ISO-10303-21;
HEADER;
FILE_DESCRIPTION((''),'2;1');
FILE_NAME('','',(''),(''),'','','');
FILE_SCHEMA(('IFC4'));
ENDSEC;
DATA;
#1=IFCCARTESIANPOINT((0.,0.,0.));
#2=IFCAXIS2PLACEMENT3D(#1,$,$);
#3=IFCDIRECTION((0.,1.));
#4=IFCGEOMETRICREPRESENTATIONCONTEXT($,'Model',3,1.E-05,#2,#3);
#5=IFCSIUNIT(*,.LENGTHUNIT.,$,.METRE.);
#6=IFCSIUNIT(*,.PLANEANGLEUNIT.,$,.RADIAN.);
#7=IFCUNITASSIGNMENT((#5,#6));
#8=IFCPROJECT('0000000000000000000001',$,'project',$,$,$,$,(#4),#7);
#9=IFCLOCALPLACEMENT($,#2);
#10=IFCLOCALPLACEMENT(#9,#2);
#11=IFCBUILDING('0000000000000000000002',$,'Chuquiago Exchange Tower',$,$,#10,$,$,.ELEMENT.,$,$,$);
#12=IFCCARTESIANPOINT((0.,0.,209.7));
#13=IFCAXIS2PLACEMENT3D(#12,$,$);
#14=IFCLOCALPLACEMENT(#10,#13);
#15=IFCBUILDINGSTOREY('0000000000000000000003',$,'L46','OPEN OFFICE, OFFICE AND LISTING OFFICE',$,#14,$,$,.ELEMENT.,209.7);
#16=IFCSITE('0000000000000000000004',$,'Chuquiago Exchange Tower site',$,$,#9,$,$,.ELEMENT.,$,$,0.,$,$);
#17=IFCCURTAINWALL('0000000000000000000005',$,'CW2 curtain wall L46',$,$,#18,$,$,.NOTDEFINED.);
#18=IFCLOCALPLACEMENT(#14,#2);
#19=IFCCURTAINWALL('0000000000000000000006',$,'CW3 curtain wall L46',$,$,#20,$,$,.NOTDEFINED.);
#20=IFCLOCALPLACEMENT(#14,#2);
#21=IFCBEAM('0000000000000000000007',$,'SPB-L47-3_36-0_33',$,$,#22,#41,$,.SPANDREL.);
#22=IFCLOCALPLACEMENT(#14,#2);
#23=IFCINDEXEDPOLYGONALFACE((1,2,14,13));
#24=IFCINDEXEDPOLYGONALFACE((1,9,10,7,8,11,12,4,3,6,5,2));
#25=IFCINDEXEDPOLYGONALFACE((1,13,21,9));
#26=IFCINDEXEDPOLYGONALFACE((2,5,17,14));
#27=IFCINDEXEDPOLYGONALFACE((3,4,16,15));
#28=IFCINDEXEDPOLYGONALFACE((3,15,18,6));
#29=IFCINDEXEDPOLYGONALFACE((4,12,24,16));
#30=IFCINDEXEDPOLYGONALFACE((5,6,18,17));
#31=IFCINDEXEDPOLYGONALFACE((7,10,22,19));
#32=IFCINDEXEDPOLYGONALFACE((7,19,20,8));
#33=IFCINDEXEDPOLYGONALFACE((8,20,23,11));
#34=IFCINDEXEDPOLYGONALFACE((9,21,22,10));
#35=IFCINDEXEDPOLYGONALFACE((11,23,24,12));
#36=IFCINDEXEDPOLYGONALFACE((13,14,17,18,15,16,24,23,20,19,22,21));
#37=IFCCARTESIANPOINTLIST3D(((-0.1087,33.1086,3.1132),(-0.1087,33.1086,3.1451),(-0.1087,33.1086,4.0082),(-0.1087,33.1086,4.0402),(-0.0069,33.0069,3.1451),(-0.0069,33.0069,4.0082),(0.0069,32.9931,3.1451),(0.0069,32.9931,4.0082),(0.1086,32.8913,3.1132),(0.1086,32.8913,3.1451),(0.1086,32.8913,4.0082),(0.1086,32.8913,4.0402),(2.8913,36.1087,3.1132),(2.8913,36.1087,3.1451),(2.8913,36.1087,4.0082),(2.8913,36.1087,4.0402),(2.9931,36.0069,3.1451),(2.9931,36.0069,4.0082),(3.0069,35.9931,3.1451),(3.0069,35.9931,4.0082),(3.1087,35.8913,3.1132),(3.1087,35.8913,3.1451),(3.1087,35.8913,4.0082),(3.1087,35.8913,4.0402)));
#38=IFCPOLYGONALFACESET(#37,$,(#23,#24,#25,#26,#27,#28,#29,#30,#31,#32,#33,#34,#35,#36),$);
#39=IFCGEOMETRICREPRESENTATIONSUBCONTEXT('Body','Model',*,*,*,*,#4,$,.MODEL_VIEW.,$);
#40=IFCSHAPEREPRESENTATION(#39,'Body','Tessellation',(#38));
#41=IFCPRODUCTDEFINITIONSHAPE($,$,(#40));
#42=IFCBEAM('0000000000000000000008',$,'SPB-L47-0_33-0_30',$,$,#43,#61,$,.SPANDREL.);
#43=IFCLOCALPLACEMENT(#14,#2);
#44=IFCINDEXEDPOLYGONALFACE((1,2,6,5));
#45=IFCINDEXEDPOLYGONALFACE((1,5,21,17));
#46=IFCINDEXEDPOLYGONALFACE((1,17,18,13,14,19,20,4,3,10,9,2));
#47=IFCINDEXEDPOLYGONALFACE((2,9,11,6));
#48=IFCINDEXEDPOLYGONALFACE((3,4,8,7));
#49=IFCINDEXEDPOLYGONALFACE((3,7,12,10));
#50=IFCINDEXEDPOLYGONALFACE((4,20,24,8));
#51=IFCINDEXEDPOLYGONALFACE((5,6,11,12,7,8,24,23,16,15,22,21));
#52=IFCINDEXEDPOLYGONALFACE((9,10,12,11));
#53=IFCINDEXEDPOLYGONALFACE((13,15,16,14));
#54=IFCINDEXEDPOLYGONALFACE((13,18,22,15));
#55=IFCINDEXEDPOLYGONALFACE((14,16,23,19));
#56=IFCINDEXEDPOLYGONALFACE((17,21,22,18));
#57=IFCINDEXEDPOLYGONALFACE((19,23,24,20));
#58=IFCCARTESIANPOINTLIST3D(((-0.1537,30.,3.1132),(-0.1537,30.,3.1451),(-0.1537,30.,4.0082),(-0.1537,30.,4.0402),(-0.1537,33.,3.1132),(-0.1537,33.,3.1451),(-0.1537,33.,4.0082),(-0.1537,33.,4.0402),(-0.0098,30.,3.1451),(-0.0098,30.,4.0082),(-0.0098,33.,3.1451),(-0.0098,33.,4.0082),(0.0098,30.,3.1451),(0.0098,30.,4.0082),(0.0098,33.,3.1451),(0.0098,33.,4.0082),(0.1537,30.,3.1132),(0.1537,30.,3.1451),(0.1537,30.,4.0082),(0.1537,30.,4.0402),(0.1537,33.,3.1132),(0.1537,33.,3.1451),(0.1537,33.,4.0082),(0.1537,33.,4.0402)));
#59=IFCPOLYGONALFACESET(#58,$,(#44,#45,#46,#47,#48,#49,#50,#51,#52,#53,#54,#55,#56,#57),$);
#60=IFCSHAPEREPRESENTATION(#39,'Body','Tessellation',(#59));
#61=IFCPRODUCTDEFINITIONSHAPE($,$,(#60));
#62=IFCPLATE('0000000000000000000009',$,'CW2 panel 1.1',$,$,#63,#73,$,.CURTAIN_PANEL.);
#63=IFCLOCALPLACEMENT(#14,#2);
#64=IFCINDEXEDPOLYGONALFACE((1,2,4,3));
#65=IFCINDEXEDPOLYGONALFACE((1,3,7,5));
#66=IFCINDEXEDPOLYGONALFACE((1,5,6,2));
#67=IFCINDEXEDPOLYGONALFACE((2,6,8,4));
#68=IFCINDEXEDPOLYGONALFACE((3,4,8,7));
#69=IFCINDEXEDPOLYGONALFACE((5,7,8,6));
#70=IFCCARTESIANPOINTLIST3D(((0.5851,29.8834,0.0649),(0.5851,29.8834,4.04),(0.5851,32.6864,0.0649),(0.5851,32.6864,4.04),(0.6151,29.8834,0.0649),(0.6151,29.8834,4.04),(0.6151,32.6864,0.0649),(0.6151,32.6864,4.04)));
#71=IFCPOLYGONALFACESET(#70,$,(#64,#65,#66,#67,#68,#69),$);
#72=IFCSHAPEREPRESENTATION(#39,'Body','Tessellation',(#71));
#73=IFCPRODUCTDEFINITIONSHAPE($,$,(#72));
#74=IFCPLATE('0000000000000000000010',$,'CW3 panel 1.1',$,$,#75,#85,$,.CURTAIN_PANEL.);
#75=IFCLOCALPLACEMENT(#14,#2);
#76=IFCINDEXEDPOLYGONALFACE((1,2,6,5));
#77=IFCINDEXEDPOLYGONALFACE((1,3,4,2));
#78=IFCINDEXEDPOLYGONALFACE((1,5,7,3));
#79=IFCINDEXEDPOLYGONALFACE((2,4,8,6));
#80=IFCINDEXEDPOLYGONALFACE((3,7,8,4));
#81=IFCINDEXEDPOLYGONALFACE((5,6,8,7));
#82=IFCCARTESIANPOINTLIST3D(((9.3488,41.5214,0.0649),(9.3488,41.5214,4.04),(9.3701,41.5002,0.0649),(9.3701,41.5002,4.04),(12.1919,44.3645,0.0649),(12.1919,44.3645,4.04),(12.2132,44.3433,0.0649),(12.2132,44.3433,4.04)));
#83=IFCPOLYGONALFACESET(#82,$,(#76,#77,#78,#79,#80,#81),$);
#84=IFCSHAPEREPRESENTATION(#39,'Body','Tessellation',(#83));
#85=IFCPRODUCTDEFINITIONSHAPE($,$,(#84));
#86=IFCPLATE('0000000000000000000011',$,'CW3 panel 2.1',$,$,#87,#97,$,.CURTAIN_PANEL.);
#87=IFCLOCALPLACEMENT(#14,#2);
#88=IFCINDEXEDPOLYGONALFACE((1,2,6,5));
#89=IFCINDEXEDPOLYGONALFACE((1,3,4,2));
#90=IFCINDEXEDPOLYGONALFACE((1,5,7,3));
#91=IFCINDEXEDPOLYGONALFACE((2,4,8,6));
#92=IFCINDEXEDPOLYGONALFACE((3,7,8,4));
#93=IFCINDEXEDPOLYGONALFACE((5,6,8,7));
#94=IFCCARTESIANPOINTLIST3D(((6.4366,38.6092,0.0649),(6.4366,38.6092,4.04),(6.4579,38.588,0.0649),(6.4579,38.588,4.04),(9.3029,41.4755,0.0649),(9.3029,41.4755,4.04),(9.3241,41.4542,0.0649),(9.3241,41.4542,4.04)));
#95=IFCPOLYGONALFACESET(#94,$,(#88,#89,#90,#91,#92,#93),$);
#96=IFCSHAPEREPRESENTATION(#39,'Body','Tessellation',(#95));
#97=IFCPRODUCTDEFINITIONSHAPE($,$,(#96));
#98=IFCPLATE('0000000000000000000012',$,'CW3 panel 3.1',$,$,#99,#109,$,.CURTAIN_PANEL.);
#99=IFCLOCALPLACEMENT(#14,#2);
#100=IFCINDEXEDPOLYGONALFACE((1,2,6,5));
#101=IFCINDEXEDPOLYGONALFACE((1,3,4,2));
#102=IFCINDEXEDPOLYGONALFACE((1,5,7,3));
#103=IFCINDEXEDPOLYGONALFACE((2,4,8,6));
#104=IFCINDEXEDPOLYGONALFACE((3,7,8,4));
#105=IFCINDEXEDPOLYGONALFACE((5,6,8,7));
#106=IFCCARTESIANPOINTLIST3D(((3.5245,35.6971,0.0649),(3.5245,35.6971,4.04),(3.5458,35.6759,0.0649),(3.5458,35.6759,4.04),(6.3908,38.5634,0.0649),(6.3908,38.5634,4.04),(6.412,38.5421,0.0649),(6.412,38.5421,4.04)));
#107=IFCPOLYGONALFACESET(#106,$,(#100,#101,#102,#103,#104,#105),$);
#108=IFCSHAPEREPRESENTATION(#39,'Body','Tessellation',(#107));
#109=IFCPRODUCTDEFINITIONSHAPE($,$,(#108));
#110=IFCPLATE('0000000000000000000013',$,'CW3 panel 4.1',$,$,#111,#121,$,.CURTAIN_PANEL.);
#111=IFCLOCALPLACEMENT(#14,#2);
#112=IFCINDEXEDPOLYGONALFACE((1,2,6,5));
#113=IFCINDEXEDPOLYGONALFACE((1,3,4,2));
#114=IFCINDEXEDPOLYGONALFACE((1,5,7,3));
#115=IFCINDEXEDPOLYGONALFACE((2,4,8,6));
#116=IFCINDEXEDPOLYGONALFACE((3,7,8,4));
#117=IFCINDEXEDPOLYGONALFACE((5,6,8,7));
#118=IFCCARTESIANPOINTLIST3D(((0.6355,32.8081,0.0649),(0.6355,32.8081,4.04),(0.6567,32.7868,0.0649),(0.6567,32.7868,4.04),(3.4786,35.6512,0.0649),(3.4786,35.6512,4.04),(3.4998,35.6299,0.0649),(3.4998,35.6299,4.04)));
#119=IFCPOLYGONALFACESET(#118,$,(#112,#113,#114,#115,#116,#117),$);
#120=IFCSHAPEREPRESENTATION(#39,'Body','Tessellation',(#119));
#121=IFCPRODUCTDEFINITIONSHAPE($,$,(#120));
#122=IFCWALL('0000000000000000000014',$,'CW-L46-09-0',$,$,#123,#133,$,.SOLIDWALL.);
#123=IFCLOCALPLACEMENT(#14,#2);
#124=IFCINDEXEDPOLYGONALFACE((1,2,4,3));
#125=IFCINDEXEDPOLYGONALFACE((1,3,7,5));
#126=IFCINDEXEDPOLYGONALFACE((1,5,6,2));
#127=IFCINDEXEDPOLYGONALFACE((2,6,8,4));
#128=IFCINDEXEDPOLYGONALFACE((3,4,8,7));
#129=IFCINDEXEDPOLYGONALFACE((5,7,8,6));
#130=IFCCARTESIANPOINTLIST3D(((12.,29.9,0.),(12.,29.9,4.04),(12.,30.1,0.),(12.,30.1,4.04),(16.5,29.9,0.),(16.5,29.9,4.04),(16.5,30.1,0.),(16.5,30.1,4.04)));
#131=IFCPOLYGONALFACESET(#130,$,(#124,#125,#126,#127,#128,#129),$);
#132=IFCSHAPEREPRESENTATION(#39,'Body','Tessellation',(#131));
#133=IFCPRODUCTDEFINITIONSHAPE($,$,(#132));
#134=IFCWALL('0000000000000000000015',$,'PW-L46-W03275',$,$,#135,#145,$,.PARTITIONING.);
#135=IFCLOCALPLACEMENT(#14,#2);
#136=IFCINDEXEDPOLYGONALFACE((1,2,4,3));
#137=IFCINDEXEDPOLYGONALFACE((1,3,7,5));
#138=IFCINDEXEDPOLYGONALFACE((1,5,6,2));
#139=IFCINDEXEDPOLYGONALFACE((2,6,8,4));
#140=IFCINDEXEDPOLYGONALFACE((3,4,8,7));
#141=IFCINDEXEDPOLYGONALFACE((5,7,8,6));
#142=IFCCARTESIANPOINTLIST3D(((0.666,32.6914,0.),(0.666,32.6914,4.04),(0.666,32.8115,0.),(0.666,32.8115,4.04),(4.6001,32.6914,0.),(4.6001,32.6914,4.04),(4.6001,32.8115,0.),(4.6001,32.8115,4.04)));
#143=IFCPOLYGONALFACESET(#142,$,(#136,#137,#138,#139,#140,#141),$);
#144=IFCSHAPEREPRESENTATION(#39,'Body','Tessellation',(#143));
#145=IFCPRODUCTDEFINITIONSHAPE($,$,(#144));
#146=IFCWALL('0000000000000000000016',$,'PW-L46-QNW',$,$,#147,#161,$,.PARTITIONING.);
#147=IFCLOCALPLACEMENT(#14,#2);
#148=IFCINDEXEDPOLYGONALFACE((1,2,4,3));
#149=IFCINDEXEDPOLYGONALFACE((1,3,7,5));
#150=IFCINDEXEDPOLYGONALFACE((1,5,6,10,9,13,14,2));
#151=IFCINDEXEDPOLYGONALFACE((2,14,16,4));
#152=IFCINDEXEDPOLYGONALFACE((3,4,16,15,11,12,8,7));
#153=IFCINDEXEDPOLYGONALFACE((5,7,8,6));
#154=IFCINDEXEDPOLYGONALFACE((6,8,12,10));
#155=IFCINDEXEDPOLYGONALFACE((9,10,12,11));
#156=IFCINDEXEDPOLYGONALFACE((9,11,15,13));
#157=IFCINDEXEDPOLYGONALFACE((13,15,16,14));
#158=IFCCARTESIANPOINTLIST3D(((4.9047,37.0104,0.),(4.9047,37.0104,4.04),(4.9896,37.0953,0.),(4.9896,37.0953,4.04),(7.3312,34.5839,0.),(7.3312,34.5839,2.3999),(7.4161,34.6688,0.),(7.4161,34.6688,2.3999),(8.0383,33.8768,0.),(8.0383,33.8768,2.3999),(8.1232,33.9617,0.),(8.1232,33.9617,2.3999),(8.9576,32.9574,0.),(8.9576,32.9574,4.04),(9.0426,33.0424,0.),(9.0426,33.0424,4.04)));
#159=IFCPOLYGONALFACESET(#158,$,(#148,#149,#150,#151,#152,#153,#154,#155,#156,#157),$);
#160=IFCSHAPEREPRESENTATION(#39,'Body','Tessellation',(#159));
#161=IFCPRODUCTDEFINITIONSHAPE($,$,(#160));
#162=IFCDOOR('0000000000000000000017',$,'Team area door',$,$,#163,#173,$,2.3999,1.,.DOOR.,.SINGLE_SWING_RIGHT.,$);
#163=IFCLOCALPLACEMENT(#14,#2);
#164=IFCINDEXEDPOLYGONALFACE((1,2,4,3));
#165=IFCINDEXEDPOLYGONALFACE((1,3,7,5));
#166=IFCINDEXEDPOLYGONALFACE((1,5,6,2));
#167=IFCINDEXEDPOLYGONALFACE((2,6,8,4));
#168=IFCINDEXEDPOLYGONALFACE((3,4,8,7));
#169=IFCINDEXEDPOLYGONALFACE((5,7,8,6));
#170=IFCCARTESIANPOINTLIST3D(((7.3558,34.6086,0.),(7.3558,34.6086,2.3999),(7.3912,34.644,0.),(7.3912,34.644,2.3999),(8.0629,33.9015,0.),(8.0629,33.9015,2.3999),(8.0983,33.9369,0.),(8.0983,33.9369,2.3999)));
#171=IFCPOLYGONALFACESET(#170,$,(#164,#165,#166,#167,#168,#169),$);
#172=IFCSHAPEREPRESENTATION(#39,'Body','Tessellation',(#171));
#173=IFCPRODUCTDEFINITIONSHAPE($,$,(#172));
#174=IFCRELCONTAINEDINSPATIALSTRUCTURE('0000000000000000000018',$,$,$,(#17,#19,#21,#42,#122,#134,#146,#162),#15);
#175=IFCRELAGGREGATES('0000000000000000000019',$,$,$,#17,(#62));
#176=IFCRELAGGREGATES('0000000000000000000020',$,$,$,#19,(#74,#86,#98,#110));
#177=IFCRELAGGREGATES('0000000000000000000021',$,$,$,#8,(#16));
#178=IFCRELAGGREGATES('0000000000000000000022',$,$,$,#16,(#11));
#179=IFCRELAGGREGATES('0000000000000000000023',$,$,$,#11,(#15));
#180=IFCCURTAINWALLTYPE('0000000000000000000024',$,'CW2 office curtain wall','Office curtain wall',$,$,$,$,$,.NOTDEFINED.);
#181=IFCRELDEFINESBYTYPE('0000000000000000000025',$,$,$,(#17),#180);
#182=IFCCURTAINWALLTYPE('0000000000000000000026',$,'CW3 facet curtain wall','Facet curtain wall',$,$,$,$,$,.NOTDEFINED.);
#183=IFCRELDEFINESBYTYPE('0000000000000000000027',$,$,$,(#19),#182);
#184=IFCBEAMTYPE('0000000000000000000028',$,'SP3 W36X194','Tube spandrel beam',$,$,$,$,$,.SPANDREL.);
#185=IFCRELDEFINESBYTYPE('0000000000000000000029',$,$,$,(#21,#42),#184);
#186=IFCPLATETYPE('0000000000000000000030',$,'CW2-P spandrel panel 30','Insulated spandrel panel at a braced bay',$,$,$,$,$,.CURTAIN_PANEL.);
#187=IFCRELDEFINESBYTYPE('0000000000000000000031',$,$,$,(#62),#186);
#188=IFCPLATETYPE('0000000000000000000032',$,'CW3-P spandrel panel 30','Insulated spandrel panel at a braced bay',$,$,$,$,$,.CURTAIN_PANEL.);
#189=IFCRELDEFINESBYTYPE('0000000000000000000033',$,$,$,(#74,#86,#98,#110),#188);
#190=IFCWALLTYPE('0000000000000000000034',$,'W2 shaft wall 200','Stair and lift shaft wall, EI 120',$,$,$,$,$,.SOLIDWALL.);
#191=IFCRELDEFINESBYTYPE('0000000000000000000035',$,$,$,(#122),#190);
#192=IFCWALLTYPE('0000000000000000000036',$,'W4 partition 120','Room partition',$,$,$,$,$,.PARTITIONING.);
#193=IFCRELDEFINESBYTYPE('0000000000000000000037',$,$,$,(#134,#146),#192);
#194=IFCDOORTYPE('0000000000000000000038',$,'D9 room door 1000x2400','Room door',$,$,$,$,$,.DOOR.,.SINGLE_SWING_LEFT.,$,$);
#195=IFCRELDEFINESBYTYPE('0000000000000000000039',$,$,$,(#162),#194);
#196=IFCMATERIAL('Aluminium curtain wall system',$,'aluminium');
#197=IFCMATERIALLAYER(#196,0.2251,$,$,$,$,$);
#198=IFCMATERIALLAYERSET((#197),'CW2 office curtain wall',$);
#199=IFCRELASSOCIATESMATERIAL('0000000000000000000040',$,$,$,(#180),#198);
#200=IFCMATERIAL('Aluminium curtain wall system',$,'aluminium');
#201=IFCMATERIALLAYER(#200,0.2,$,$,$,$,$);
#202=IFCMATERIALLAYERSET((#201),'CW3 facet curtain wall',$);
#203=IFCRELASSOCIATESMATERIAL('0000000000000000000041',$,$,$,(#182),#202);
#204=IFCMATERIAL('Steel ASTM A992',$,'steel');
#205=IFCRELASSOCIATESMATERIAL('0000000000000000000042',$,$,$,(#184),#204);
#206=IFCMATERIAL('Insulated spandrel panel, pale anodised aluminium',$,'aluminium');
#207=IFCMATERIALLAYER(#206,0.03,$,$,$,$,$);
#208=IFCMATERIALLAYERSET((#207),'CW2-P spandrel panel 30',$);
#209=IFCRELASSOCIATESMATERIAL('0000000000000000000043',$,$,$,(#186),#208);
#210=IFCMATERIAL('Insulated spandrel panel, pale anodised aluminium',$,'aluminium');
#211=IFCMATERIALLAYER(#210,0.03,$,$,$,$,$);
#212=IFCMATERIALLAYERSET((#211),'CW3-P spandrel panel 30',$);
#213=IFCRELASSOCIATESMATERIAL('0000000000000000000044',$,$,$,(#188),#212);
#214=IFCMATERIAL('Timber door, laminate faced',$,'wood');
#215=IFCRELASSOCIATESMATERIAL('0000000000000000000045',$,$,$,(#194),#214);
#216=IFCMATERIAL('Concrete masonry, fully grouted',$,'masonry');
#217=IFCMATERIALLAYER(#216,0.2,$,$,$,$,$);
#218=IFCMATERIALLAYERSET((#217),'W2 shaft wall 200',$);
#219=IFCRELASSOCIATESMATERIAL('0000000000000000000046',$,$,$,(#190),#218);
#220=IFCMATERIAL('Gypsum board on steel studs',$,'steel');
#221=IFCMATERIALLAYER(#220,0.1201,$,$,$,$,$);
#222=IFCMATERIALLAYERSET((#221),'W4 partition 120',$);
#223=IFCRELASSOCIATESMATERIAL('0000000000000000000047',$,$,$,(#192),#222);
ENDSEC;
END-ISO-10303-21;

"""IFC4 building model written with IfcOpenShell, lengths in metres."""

from ifc_helpers import new_model, si_unit, direction, frame, frame_2d, origin, origin_2d, place, context, subcontext, project, spatial, rectangle, i_section, extrude, material, layer, layer_set, material_profile, profile_set, type_object, element, fill, aggregate, save


model = new_model("IFC4")

# Units and contexts
model_context = context("Model", 3, precision=1e-05, world=origin(), true_north=direction((0.0, 1.0)))
body_context = subcontext(model_context, "Body", "Model", "MODEL_VIEW")
ifc_project = project(units=[si_unit("LENGTHUNIT", "METRE"), si_unit("PLANEANGLEUNIT", "RADIAN")], contexts=[model_context])

# Site, building, storey
site_placement = place(None, origin())
site = spatial("IfcSite", under=ifc_project, at=site_placement, Name="Chuquiago Exchange Tower site", CompositionType="ELEMENT", RefElevation=0.0)
building_placement = place(site_placement, origin())
building = spatial("IfcBuilding", under=site, at=building_placement, Name="Chuquiago Exchange Tower", CompositionType="ELEMENT")
storey_placement = place(building_placement, frame((0.0, 0.0, 209.7)))
storey = spatial("IfcBuildingStorey", under=building, at=storey_placement, Name="L46", Description="OPEN OFFICE, OFFICE AND LISTING OFFICE", CompositionType="ELEMENT", Elevation=209.7)

# Curtain walls
ifc_material_1 = material(Name="Aluminium curtain wall system", Category="aluminium")
ifc_layer_1 = layer(ifc_material_1, 0.2251)
ifc_layer_set_1 = layer_set([ifc_layer_1], Name="CW2 office curtain wall")
curtain_wall_type_1 = type_object("IfcCurtainWallType", Name="CW2 office curtain wall", Description="Office curtain wall", PredefinedType="NOTDEFINED", material=ifc_layer_set_1)
curtain_wall_1_placement = place(storey_placement, origin())
curtain_wall_1 = element("IfcCurtainWall", 1, at=curtain_wall_1_placement, inside=storey, type_object=curtain_wall_type_1, Name="CW2 curtain wall L46", PredefinedType="NOTDEFINED")
ifc_material_2 = material(Name="Aluminium curtain wall system", Category="aluminium")
ifc_layer_2 = layer(ifc_material_2, 0.2)
ifc_layer_set_2 = layer_set([ifc_layer_2], Name="CW3 facet curtain wall")
curtain_wall_type_2 = type_object("IfcCurtainWallType", Name="CW3 facet curtain wall", Description="Facet curtain wall", PredefinedType="NOTDEFINED", material=ifc_layer_set_2)
curtain_wall_2_placement = place(storey_placement, origin())
curtain_wall_2 = element("IfcCurtainWall", 2, at=curtain_wall_2_placement, inside=storey, type_object=curtain_wall_type_2, Name="CW3 curtain wall L46", PredefinedType="NOTDEFINED")

# Beams
ifc_material_3 = material(Name="Steel ASTM A992", Category="steel")
ifc_material_profile_1 = material_profile(ifc_material_3, i_section(OverallWidth=0.3074, OverallDepth=0.927, WebThickness=0.0195, FlangeThickness=0.032, at=origin_2d()), Name="W36X194")
ifc_profile_set_1 = profile_set([ifc_material_profile_1], Name="Steel ASTM A992")
beam_type_1 = type_object("IfcBeamType", Name="SP3 W36X194", Description="Tube spandrel beam", PredefinedType="SPANDREL", material=ifc_profile_set_1)
for number, where, z_axis, x_axis, name in (
    (3, (3.0, 36.0, 3.5767), (-0.707107, -0.707107, 0.0), (0.707107, -0.707107, 0.0), "SPB-L47-3_36-0_33"),
):
    element("IfcBeam", number, at=place(storey_placement, frame(where, z_axis=z_axis, x_axis=x_axis)), inside=storey, type_object=beam_type_1, Name=name, PredefinedType="SPANDREL", context=body_context, shape_type="SweptSolid", body=[
        extrude(i_section(OverallWidth=0.3074, OverallDepth=0.927, WebThickness=0.0195, FlangeThickness=0.032, at=origin_2d()), origin(), (0.0, 0.0, 1.0), 4.2427),
    ])
beam_1_placement = place(storey_placement, frame((0.0, 33.0, 3.5767), z_axis=(0.0, -1.0, 0.0), x_axis=(1.0, 0.0, 0.0)))
element("IfcBeam", 4, at=beam_1_placement, inside=storey, type_object=beam_type_1, Name="SPB-L47-0_33-0_30", PredefinedType="SPANDREL", context=body_context, shape_type="SweptSolid", body=[
    extrude(i_section(OverallWidth=0.3074, OverallDepth=0.927, WebThickness=0.0195, FlangeThickness=0.032, at=origin_2d()), origin(), (0.0, 0.0, 1.0), 3.0),
])

# Plates
ifc_material_4 = material(Name="Insulated spandrel panel, pale anodised aluminium", Category="aluminium")
ifc_layer_3 = layer(ifc_material_4, 0.03)
ifc_layer_set_3 = layer_set([ifc_layer_3], Name="CW2-P spandrel panel 30")
plate_type_1 = type_object("IfcPlateType", Name="CW2-P spandrel panel 30", Description="Insulated spandrel panel at a braced bay", PredefinedType="CURTAIN_PANEL", material=ifc_layer_set_3)
plate_1_placement = place(storey_placement, frame((0.6001, 31.2849, 0.0649), z_axis=(0.0, 0.0, 1.0), x_axis=(0.0, -1.0, 0.0)))
plate_1 = element("IfcPlate", 5, at=plate_1_placement, type_object=plate_type_1, Name="CW2 panel 1.1", PredefinedType="CURTAIN_PANEL", context=body_context, shape_type="SweptSolid", body=[
    extrude(rectangle(XDim=2.803, YDim=0.03, at=origin_2d()), origin(), (0.0, 0.0, 1.0), 3.9751),
])
aggregate(curtain_wall_1, [plate_1])
ifc_material_5 = material(Name="Insulated spandrel panel, pale anodised aluminium", Category="aluminium")
ifc_layer_4 = layer(ifc_material_5, 0.03)
ifc_layer_set_4 = layer_set([ifc_layer_4], Name="CW3-P spandrel panel 30")
plate_type_2 = type_object("IfcPlateType", Name="CW3-P spandrel panel 30", Description="Insulated spandrel panel at a braced bay", PredefinedType="CURTAIN_PANEL", material=ifc_layer_set_4)
plate_2_placement = place(storey_placement, frame((10.781, 42.9324, 0.0649), z_axis=(0.0, 0.0, 1.0), x_axis=(-0.707107, -0.707107, 0.0)))
plate_2 = element("IfcPlate", 6, at=plate_2_placement, type_object=plate_type_2, Name="CW3 panel 1.1", PredefinedType="CURTAIN_PANEL", context=body_context, shape_type="SweptSolid", body=[
    extrude(rectangle(XDim=4.0208, YDim=0.03, at=origin_2d()), origin(), (0.0, 0.0, 1.0), 3.9751),
])
plate_3_placement = place(storey_placement, frame((7.8804, 40.0317, 0.0649), z_axis=(0.0, 0.0, 1.0), x_axis=(-0.707107, -0.707107, 0.0)))
plate_3 = element("IfcPlate", 7, at=plate_3_placement, type_object=plate_type_2, Name="CW3 panel 2.1", PredefinedType="CURTAIN_PANEL", context=body_context, shape_type="SweptSolid", body=[
    extrude(rectangle(XDim=4.0535, YDim=0.03, at=origin_2d()), origin(), (0.0, 0.0, 1.0), 3.9751),
])
plate_4_placement = place(storey_placement, frame((4.9683, 37.1196, 0.0649), z_axis=(0.0, 0.0, 1.0), x_axis=(-0.707107, -0.707107, 0.0)))
plate_4 = element("IfcPlate", 8, at=plate_4_placement, type_object=plate_type_2, Name="CW3 panel 3.1", PredefinedType="CURTAIN_PANEL", context=body_context, shape_type="SweptSolid", body=[
    extrude(rectangle(XDim=4.0535, YDim=0.03, at=origin_2d()), origin(), (0.0, 0.0, 1.0), 3.9751),
])
plate_5_placement = place(storey_placement, frame((2.0676, 34.219, 0.0649), z_axis=(0.0, 0.0, 1.0), x_axis=(-0.707107, -0.707107, 0.0)))
plate_5 = element("IfcPlate", 9, at=plate_5_placement, type_object=plate_type_2, Name="CW3 panel 4.1", PredefinedType="CURTAIN_PANEL", context=body_context, shape_type="SweptSolid", body=[
    extrude(rectangle(XDim=4.0208, YDim=0.03, at=origin_2d()), origin(), (0.0, 0.0, 1.0), 3.9751),
])
aggregate(curtain_wall_2, [plate_2, plate_3, plate_4, plate_5])

# Shared definitions
ifc_material_6 = material(Name="Timber door, laminate faced", Category="wood")
door_type = type_object("IfcDoorType", Name="D9 room door 1000x2400", Description="Room door", OperationType="SINGLE_SWING_LEFT", PredefinedType="DOOR", material=ifc_material_6)

# Walls
ifc_material_7 = material(Name="Concrete masonry, fully grouted", Category="masonry")
ifc_layer_5 = layer(ifc_material_7, 0.2)
ifc_layer_set_5 = layer_set([ifc_layer_5], Name="W2 shaft wall 200")
wall_type_1 = type_object("IfcWallType", Name="W2 shaft wall 200", Description="Stair and lift shaft wall, EI 120", PredefinedType="SOLIDWALL", material=ifc_layer_set_5)
wall_1_placement = place(storey_placement, frame((12.0, 30.0, 0.0), z_axis=(0.0, 0.0, 1.0), x_axis=(1.0, 0.0, 0.0)))
element("IfcWall", 10, at=wall_1_placement, inside=storey, type_object=wall_type_1, Name="CW-L46-09-0", PredefinedType="SOLIDWALL", context=body_context, shape_type="SweptSolid", body=[
    extrude(rectangle(XDim=4.5, YDim=0.2, at=frame_2d((2.25, 0.0))), origin(), (0.0, 0.0, 1.0), 4.04),
])
ifc_material_8 = material(Name="Gypsum board on steel studs", Category="steel")
ifc_layer_6 = layer(ifc_material_8, 0.1201)
ifc_layer_set_6 = layer_set([ifc_layer_6], Name="W4 partition 120")
wall_type_2 = type_object("IfcWallType", Name="W4 partition 120", Description="Room partition", PredefinedType="PARTITIONING", material=ifc_layer_set_6)
wall_2_placement = place(storey_placement, frame((0.666, 32.7515, 0.0), z_axis=(0.0, 0.0, 1.0), x_axis=(1.0, 0.0, 0.0)))
element("IfcWall", 11, at=wall_2_placement, inside=storey, type_object=wall_type_2, Name="PW-L46-W03275", PredefinedType="PARTITIONING", context=body_context, shape_type="SweptSolid", body=[
    extrude(rectangle(XDim=3.9341, YDim=0.1201, at=frame_2d((1.967, 0.0))), origin(), (0.0, 0.0, 1.0), 4.04),
])

# Wall, opening, door
wall_3_placement = place(storey_placement, frame((9.0, 33.0, 0.0), z_axis=(0.0, 0.0, 1.0), x_axis=(-0.707107, 0.707107, 0.0)))
wall_3 = element("IfcWall", 12, at=wall_3_placement, inside=storey, type_object=wall_type_2, Name="PW-L46-QNW", PredefinedType="PARTITIONING", context=body_context, shape_type="SweptSolid", body=[
    extrude(rectangle(XDim=5.7317, YDim=0.1201, at=frame_2d((2.8657, 0.0))), origin(), (0.0, 0.0, 1.0), 4.04),
])
opening_1_placement = place(wall_3_placement, frame((1.3, 0.0, 0.0)))
opening_1 = element("IfcOpeningElement", 13, at=opening_1_placement, cuts=wall_3, PredefinedType="OPENING", context=body_context, shape_type="SweptSolid", body=[
    extrude(rectangle(XDim=1.0, YDim=2.3999, at=frame_2d((0.5, 1.2))), frame((0.0, 0.0701, 0.0), z_axis=(0.0, -1.0, 0.0), x_axis=(1.0, 0.0, 0.0)), (0.0, 0.0, 1.0), 0.1401),
])
door_1_placement = place(opening_1_placement, frame((1.0, 0.0, 0.0), z_axis=(0.0, 0.0, 1.0), x_axis=(-1.0, 0.0, 0.0)))
door_1 = element("IfcDoor", 14, at=door_1_placement, inside=storey, type_object=door_type, Name="Team area door", OperationType="SINGLE_SWING_RIGHT", OverallHeight=2.3999, OverallWidth=1.0, PredefinedType="DOOR", context=body_context, shape_type="SweptSolid", body=[
    extrude(rectangle(XDim=1.0, YDim=2.3999, at=frame_2d((0.5, 1.2))), frame((0.0, 0.0249, 0.0), z_axis=(0.0, -1.0, 0.0), x_axis=(1.0, 0.0, 0.0)), (0.0, 0.0, 1.0), 0.05),
])
fill(opening_1, door_1)

save(model, "model.ifc")
